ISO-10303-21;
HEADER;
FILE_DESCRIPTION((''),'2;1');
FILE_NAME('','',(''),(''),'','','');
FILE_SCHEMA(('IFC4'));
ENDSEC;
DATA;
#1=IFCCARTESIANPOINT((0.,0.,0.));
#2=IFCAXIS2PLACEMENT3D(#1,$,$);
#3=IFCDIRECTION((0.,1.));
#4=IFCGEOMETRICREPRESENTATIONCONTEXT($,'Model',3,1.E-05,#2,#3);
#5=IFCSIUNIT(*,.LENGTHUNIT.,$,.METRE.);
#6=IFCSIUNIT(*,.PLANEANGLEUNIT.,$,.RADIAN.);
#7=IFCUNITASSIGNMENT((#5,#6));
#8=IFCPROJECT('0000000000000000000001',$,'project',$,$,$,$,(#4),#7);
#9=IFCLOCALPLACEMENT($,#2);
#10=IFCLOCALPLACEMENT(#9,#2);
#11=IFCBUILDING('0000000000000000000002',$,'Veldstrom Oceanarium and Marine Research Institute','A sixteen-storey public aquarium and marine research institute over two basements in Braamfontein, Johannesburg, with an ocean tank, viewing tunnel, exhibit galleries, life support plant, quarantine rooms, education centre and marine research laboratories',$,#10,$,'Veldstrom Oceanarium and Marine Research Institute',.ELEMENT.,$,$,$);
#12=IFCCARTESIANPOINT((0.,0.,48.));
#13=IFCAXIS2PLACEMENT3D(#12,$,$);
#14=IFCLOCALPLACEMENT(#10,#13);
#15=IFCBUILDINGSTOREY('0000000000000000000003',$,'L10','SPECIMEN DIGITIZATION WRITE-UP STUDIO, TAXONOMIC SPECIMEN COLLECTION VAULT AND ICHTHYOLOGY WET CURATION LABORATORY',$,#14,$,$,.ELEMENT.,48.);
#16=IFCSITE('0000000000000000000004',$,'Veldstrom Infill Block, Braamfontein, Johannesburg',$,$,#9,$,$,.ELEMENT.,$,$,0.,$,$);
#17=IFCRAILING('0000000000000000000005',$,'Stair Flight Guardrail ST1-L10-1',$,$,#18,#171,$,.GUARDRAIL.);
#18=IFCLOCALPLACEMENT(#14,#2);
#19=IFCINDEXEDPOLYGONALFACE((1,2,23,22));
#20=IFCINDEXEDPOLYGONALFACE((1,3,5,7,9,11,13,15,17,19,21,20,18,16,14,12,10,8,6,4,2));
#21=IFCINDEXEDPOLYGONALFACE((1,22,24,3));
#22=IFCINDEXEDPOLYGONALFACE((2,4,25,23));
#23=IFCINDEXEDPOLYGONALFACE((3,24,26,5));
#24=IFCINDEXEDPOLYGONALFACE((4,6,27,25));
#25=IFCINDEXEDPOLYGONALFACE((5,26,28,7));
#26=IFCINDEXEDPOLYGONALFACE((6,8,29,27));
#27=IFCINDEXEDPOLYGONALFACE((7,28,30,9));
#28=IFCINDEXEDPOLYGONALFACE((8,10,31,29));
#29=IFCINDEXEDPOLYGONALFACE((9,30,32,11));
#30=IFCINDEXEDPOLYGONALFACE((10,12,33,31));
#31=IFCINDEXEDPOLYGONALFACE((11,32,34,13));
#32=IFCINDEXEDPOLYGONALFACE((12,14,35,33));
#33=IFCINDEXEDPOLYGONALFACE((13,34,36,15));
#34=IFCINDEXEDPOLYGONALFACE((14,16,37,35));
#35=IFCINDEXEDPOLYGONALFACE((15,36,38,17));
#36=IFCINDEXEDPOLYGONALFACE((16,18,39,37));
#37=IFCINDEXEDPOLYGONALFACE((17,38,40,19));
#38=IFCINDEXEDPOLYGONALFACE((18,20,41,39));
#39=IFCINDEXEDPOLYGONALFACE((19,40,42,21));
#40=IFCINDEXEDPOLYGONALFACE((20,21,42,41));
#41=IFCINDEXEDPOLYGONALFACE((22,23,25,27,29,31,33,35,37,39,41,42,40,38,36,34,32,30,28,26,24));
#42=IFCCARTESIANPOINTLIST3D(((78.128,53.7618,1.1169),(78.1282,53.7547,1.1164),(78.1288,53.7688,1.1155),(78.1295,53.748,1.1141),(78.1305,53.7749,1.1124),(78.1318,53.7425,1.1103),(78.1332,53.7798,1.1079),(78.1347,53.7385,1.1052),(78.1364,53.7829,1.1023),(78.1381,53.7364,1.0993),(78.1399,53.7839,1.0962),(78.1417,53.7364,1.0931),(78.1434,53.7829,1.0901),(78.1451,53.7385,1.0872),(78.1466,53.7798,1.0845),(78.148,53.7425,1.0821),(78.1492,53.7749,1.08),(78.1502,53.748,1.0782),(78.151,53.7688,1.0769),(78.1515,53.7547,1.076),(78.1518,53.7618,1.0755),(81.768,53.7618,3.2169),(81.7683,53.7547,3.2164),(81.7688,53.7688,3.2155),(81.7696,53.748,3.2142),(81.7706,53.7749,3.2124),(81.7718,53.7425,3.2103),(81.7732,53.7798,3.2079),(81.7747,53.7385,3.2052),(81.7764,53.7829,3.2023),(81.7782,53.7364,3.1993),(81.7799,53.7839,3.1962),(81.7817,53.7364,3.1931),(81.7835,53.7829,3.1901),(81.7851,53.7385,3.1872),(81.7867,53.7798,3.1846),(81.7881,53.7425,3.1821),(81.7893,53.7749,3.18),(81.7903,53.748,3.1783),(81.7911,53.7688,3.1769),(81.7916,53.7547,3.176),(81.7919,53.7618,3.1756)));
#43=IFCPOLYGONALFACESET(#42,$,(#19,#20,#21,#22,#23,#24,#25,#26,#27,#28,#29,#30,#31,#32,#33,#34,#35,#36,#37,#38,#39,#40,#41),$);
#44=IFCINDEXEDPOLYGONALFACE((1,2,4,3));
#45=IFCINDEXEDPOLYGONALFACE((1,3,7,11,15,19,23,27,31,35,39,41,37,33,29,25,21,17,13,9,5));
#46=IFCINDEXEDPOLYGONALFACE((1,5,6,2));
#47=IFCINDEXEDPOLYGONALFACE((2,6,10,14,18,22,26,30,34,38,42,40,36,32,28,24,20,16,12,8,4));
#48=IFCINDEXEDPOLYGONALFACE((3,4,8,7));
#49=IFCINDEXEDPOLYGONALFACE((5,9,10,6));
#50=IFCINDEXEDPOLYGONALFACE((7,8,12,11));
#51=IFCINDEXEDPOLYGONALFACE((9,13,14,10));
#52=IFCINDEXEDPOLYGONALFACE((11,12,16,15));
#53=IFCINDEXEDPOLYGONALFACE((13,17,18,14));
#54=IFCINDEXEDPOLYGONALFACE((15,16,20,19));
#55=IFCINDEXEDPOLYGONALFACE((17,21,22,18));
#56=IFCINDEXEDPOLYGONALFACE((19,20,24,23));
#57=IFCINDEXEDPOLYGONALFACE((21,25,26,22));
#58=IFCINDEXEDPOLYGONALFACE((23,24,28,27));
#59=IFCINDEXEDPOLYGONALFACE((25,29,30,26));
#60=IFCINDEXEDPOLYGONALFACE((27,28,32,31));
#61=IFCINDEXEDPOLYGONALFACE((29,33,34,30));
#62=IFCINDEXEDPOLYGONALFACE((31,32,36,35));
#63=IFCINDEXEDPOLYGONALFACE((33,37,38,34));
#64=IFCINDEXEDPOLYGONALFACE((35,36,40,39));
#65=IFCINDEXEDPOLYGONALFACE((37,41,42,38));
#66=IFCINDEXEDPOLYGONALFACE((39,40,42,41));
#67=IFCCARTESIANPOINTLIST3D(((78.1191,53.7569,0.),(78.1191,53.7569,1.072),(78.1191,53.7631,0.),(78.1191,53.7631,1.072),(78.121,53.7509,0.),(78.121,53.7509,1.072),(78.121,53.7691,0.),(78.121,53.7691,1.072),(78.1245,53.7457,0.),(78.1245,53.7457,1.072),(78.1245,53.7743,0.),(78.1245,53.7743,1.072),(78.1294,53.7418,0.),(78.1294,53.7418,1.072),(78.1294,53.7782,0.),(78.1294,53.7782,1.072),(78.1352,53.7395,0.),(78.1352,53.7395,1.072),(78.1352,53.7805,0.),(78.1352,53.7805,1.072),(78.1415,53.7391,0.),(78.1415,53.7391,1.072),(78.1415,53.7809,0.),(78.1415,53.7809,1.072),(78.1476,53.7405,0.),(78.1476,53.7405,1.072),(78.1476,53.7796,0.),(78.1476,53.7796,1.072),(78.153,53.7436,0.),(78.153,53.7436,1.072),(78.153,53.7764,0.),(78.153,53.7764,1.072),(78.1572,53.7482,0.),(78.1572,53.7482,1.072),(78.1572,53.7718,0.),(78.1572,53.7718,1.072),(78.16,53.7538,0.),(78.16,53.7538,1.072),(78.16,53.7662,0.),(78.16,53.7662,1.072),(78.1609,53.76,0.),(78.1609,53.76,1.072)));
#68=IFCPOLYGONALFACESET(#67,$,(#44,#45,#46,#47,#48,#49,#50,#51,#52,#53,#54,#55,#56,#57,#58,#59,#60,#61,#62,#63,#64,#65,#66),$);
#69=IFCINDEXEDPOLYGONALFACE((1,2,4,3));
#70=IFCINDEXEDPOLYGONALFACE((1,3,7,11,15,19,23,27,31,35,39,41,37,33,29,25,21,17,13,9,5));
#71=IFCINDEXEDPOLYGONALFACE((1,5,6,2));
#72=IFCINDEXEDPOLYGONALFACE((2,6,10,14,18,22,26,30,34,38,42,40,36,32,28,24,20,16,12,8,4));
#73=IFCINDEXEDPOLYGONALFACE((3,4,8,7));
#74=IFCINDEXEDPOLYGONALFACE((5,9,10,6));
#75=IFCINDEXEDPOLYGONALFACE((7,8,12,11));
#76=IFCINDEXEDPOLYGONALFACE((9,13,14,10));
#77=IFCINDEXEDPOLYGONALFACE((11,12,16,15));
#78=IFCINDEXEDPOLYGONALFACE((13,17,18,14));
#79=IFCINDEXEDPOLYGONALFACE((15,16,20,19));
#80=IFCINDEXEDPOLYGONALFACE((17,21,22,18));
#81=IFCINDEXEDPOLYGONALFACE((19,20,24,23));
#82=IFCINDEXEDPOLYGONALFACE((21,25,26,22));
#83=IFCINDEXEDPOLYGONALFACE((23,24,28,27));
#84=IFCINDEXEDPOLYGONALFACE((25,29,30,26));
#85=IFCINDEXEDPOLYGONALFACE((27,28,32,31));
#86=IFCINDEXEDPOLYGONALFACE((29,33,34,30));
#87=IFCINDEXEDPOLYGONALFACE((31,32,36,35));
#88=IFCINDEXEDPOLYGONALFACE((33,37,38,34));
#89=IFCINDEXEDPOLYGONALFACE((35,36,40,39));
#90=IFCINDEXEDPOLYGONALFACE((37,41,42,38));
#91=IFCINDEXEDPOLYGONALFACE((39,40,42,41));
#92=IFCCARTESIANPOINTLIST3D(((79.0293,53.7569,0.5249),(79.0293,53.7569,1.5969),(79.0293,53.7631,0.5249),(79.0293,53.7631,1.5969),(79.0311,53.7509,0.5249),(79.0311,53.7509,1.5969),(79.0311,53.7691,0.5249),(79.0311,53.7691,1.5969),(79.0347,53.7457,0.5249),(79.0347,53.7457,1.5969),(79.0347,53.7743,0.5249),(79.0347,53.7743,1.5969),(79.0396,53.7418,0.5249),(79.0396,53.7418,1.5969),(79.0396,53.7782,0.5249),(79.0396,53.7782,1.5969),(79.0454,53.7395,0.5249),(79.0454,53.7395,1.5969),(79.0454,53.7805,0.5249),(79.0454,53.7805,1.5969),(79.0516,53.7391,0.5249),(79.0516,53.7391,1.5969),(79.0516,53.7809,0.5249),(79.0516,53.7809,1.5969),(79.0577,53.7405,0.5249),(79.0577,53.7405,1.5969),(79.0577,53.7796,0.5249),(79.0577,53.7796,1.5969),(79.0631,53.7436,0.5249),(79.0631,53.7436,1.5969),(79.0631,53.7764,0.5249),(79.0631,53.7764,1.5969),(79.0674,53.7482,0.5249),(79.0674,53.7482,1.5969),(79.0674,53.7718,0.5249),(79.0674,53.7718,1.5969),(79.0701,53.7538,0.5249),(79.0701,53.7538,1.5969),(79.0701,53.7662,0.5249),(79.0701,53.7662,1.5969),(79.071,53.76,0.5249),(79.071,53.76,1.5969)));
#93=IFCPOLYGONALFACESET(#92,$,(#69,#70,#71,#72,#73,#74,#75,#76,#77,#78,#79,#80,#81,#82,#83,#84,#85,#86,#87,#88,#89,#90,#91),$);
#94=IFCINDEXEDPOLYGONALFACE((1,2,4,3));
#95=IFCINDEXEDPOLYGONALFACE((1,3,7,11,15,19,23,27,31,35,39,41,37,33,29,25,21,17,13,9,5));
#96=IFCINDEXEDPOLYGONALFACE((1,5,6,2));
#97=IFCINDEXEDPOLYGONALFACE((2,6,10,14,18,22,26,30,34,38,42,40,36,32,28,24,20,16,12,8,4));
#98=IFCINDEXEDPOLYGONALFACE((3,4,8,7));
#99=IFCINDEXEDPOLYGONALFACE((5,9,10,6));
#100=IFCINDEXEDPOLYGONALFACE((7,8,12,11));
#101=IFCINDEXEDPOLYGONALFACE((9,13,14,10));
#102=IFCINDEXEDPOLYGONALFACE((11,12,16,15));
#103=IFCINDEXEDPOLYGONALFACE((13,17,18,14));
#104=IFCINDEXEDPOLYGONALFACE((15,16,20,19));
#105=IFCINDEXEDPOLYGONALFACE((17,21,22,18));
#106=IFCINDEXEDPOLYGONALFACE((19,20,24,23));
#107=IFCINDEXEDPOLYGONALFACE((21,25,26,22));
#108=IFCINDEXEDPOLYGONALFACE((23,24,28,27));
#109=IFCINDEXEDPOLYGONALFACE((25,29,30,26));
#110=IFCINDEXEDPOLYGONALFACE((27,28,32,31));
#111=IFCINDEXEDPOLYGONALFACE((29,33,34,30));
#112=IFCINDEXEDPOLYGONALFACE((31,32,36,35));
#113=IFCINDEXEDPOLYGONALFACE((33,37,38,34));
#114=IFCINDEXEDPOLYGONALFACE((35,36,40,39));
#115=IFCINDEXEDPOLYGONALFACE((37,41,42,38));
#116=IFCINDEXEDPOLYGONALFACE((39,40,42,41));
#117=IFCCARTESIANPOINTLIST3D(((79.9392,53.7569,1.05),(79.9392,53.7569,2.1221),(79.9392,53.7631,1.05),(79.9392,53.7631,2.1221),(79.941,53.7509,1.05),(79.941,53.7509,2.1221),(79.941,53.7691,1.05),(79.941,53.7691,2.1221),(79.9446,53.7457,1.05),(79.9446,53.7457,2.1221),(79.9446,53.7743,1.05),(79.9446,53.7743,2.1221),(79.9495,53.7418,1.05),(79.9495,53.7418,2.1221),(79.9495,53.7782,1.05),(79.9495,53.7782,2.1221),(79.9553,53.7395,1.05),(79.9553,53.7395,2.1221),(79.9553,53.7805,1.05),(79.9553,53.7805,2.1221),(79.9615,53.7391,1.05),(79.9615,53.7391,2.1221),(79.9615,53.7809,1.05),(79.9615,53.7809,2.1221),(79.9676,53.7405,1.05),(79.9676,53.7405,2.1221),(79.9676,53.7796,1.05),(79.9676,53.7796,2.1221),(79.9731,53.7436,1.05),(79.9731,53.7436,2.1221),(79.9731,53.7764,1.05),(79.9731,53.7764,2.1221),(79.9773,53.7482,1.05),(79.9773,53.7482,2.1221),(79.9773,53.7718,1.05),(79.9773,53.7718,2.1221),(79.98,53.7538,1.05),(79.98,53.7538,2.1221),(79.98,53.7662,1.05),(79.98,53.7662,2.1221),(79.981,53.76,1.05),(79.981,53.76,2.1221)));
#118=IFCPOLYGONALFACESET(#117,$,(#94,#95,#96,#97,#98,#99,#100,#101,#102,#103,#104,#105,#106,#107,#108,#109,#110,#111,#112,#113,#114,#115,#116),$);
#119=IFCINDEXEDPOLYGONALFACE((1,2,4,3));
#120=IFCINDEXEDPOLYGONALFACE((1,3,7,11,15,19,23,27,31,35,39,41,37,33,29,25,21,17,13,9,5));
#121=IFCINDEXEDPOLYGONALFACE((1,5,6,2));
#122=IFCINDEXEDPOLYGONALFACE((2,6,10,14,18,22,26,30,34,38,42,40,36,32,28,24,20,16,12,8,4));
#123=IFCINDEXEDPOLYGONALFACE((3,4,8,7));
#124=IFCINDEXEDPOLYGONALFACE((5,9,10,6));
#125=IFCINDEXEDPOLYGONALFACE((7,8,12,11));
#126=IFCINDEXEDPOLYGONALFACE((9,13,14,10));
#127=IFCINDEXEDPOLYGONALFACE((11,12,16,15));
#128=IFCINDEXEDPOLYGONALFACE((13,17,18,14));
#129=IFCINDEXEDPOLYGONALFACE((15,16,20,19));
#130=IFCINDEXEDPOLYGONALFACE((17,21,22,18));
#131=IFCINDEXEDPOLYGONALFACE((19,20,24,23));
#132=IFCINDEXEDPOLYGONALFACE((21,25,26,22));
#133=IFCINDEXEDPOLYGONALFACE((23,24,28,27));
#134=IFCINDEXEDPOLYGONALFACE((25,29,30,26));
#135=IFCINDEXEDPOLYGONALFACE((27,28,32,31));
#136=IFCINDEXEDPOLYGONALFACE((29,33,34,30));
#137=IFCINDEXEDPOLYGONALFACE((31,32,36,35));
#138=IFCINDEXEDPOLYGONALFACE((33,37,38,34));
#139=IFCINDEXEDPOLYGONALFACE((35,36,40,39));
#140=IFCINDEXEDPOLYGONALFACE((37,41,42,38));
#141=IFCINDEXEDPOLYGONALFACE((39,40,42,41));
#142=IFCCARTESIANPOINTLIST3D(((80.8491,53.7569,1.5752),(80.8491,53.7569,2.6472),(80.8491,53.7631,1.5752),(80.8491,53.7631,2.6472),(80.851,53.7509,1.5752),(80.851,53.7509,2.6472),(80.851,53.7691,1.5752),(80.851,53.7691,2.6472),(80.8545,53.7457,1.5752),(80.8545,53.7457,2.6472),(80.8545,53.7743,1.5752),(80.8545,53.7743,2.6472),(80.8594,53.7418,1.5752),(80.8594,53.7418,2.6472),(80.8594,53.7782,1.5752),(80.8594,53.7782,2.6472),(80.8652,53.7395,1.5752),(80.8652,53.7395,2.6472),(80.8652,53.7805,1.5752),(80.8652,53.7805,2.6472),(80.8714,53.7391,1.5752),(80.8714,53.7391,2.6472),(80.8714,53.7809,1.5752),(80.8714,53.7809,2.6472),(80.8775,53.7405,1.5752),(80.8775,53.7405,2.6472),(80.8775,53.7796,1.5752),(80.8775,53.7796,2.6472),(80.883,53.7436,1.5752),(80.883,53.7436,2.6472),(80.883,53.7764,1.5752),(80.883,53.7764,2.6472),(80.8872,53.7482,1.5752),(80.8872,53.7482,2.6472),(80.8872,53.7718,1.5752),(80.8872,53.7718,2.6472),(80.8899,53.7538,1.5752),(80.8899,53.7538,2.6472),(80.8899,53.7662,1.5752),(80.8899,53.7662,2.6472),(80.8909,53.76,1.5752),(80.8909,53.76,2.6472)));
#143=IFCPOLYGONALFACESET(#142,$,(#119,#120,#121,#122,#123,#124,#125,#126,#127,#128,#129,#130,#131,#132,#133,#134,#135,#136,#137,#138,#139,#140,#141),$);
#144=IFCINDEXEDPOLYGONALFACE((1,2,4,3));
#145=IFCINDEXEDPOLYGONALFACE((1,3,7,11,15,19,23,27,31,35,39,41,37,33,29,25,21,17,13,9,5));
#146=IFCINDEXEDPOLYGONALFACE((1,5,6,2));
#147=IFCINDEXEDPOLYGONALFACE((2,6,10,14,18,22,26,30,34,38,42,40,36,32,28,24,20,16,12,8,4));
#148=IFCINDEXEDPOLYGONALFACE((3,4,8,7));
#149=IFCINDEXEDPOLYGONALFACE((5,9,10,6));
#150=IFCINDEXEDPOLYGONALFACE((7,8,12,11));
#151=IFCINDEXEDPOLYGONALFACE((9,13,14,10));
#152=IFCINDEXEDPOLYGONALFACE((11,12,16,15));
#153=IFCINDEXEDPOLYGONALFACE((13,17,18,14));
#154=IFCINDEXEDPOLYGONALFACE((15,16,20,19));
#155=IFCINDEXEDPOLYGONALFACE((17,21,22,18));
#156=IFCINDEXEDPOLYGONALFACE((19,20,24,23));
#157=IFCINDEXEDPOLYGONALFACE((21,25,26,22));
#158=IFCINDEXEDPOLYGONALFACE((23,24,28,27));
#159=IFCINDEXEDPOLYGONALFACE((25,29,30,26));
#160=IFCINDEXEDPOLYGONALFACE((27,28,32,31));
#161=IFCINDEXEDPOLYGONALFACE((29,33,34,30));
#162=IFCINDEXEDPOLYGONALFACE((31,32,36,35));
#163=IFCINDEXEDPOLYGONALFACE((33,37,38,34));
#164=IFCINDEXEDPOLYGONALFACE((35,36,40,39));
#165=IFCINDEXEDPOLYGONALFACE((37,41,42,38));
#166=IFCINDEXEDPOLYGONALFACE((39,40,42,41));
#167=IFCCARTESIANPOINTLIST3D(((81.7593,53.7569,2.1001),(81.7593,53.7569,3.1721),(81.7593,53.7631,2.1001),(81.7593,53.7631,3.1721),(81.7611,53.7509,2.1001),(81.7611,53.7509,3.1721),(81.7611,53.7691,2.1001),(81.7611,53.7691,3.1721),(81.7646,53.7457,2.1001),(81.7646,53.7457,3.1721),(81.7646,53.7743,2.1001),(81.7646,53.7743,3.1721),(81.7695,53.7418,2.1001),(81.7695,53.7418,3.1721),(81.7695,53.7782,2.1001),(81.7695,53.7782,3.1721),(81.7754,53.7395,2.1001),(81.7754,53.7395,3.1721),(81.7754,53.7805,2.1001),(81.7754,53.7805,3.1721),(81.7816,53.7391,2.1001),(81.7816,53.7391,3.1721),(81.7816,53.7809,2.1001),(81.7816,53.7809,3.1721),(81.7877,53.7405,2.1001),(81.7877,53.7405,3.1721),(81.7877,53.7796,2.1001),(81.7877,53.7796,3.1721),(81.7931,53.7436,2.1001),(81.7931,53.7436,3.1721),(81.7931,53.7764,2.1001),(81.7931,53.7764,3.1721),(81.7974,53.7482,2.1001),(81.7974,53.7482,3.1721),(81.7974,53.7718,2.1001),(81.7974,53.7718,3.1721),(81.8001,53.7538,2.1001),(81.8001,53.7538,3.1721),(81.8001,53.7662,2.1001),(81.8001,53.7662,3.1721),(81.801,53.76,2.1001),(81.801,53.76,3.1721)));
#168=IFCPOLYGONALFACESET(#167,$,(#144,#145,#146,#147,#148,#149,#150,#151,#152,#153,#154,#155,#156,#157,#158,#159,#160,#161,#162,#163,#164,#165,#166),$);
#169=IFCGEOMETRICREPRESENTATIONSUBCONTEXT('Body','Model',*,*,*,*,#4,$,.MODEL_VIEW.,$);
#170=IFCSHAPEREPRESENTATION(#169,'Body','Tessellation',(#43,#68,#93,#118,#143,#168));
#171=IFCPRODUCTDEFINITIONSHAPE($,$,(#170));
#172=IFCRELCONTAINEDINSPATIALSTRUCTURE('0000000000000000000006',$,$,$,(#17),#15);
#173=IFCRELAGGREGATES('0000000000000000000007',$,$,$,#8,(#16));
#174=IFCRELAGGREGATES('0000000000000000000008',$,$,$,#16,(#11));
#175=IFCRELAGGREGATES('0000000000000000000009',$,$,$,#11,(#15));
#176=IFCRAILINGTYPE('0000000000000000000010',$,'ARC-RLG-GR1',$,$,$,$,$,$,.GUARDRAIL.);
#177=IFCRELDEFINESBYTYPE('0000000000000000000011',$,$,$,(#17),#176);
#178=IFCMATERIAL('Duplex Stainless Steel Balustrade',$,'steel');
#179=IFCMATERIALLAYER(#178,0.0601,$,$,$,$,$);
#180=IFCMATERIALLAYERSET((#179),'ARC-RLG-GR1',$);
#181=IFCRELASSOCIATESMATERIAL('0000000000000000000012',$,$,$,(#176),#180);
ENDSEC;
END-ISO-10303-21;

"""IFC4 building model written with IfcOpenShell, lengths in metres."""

from ifc_helpers import new_model, si_unit, direction, frame, origin, origin_2d, place, context, subcontext, project, spatial, circle, extrude, material, layer, layer_set, type_object, element, save


model = new_model("IFC4")

# Units and contexts
model_context = context("Model", 3, precision=1e-05, world=origin(), true_north=direction((0.0, 1.0)))
body_context = subcontext(model_context, "Body", "Model", "MODEL_VIEW")
ifc_project = project(units=[si_unit("LENGTHUNIT", "METRE"), si_unit("PLANEANGLEUNIT", "RADIAN")], contexts=[model_context])

# Site, building, storey
site_placement = place(None, origin())
site = spatial("IfcSite", under=ifc_project, at=site_placement, Name="Veldstrom Infill Block, Braamfontein, Johannesburg", CompositionType="ELEMENT", RefElevation=0.0)
building_placement = place(site_placement, origin())
building = spatial("IfcBuilding", under=site, at=building_placement, Name="Veldstrom Oceanarium and Marine Research Institute", Description="A sixteen-storey public aquarium and marine research institute over two basements in Braamfontein, Johannesburg, with an ocean tank, viewing tunnel, exhibit galleries, life support plant, quarantine rooms, education centre and marine research laboratories", LongName="Veldstrom Oceanarium and Marine Research Institute", CompositionType="ELEMENT")
storey_placement = place(building_placement, frame((0.0, 0.0, 48.0)))
storey = spatial("IfcBuildingStorey", under=building, at=storey_placement, Name="L10", Description="SPECIMEN DIGITIZATION WRITE-UP STUDIO, TAXONOMIC SPECIMEN COLLECTION VAULT AND ICHTHYOLOGY WET CURATION LABORATORY", CompositionType="ELEMENT", Elevation=48.0)

# Railing
ifc_material_1 = material(Name="Duplex Stainless Steel Balustrade", Category="steel")
ifc_layer_1 = layer(ifc_material_1, 0.0601)
ifc_layer_set_1 = layer_set([ifc_layer_1], Name="ARC-RLG-GR1")
railing_type_1 = type_object("IfcRailingType", Name="ARC-RLG-GR1", PredefinedType="GUARDRAIL", material=ifc_layer_set_1)
railing_1_placement = place(storey_placement, frame((78.1399, 53.76, 0.0)))
element("IfcRailing", 1, at=railing_1_placement, inside=storey, type_object=railing_type_1, Name="Stair Flight Guardrail ST1-L10-1", PredefinedType="GUARDRAIL", context=body_context, shape_type="SweptSolid", body=[
    extrude(circle(Radius=0.0239, at=origin_2d()), frame((0.0, 0.0, 1.0962), z_axis=(0.866184, 0.0, 0.499726), x_axis=(0.0, 1.0, 0.0)), (0.0, 0.0, 1.0), 4.2024),
    extrude(circle(Radius=0.021, at=origin_2d()), origin(), (0.0, 0.0, 1.0), 1.072),
    extrude(circle(Radius=0.021, at=origin_2d()), frame((0.9102, 0.0, 0.5249)), (0.0, 0.0, 1.0), 1.072),
    extrude(circle(Radius=0.021, at=origin_2d()), frame((1.8201, 0.0, 1.05)), (0.0, 0.0, 1.0), 1.072),
    extrude(circle(Radius=0.021, at=origin_2d()), frame((2.73, 0.0, 1.5752)), (0.0, 0.0, 1.0), 1.072),
    extrude(circle(Radius=0.021, at=origin_2d()), frame((3.6401, 0.0, 2.1001)), (0.0, 0.0, 1.0), 1.072),
])

save(model, "model.ifc")
